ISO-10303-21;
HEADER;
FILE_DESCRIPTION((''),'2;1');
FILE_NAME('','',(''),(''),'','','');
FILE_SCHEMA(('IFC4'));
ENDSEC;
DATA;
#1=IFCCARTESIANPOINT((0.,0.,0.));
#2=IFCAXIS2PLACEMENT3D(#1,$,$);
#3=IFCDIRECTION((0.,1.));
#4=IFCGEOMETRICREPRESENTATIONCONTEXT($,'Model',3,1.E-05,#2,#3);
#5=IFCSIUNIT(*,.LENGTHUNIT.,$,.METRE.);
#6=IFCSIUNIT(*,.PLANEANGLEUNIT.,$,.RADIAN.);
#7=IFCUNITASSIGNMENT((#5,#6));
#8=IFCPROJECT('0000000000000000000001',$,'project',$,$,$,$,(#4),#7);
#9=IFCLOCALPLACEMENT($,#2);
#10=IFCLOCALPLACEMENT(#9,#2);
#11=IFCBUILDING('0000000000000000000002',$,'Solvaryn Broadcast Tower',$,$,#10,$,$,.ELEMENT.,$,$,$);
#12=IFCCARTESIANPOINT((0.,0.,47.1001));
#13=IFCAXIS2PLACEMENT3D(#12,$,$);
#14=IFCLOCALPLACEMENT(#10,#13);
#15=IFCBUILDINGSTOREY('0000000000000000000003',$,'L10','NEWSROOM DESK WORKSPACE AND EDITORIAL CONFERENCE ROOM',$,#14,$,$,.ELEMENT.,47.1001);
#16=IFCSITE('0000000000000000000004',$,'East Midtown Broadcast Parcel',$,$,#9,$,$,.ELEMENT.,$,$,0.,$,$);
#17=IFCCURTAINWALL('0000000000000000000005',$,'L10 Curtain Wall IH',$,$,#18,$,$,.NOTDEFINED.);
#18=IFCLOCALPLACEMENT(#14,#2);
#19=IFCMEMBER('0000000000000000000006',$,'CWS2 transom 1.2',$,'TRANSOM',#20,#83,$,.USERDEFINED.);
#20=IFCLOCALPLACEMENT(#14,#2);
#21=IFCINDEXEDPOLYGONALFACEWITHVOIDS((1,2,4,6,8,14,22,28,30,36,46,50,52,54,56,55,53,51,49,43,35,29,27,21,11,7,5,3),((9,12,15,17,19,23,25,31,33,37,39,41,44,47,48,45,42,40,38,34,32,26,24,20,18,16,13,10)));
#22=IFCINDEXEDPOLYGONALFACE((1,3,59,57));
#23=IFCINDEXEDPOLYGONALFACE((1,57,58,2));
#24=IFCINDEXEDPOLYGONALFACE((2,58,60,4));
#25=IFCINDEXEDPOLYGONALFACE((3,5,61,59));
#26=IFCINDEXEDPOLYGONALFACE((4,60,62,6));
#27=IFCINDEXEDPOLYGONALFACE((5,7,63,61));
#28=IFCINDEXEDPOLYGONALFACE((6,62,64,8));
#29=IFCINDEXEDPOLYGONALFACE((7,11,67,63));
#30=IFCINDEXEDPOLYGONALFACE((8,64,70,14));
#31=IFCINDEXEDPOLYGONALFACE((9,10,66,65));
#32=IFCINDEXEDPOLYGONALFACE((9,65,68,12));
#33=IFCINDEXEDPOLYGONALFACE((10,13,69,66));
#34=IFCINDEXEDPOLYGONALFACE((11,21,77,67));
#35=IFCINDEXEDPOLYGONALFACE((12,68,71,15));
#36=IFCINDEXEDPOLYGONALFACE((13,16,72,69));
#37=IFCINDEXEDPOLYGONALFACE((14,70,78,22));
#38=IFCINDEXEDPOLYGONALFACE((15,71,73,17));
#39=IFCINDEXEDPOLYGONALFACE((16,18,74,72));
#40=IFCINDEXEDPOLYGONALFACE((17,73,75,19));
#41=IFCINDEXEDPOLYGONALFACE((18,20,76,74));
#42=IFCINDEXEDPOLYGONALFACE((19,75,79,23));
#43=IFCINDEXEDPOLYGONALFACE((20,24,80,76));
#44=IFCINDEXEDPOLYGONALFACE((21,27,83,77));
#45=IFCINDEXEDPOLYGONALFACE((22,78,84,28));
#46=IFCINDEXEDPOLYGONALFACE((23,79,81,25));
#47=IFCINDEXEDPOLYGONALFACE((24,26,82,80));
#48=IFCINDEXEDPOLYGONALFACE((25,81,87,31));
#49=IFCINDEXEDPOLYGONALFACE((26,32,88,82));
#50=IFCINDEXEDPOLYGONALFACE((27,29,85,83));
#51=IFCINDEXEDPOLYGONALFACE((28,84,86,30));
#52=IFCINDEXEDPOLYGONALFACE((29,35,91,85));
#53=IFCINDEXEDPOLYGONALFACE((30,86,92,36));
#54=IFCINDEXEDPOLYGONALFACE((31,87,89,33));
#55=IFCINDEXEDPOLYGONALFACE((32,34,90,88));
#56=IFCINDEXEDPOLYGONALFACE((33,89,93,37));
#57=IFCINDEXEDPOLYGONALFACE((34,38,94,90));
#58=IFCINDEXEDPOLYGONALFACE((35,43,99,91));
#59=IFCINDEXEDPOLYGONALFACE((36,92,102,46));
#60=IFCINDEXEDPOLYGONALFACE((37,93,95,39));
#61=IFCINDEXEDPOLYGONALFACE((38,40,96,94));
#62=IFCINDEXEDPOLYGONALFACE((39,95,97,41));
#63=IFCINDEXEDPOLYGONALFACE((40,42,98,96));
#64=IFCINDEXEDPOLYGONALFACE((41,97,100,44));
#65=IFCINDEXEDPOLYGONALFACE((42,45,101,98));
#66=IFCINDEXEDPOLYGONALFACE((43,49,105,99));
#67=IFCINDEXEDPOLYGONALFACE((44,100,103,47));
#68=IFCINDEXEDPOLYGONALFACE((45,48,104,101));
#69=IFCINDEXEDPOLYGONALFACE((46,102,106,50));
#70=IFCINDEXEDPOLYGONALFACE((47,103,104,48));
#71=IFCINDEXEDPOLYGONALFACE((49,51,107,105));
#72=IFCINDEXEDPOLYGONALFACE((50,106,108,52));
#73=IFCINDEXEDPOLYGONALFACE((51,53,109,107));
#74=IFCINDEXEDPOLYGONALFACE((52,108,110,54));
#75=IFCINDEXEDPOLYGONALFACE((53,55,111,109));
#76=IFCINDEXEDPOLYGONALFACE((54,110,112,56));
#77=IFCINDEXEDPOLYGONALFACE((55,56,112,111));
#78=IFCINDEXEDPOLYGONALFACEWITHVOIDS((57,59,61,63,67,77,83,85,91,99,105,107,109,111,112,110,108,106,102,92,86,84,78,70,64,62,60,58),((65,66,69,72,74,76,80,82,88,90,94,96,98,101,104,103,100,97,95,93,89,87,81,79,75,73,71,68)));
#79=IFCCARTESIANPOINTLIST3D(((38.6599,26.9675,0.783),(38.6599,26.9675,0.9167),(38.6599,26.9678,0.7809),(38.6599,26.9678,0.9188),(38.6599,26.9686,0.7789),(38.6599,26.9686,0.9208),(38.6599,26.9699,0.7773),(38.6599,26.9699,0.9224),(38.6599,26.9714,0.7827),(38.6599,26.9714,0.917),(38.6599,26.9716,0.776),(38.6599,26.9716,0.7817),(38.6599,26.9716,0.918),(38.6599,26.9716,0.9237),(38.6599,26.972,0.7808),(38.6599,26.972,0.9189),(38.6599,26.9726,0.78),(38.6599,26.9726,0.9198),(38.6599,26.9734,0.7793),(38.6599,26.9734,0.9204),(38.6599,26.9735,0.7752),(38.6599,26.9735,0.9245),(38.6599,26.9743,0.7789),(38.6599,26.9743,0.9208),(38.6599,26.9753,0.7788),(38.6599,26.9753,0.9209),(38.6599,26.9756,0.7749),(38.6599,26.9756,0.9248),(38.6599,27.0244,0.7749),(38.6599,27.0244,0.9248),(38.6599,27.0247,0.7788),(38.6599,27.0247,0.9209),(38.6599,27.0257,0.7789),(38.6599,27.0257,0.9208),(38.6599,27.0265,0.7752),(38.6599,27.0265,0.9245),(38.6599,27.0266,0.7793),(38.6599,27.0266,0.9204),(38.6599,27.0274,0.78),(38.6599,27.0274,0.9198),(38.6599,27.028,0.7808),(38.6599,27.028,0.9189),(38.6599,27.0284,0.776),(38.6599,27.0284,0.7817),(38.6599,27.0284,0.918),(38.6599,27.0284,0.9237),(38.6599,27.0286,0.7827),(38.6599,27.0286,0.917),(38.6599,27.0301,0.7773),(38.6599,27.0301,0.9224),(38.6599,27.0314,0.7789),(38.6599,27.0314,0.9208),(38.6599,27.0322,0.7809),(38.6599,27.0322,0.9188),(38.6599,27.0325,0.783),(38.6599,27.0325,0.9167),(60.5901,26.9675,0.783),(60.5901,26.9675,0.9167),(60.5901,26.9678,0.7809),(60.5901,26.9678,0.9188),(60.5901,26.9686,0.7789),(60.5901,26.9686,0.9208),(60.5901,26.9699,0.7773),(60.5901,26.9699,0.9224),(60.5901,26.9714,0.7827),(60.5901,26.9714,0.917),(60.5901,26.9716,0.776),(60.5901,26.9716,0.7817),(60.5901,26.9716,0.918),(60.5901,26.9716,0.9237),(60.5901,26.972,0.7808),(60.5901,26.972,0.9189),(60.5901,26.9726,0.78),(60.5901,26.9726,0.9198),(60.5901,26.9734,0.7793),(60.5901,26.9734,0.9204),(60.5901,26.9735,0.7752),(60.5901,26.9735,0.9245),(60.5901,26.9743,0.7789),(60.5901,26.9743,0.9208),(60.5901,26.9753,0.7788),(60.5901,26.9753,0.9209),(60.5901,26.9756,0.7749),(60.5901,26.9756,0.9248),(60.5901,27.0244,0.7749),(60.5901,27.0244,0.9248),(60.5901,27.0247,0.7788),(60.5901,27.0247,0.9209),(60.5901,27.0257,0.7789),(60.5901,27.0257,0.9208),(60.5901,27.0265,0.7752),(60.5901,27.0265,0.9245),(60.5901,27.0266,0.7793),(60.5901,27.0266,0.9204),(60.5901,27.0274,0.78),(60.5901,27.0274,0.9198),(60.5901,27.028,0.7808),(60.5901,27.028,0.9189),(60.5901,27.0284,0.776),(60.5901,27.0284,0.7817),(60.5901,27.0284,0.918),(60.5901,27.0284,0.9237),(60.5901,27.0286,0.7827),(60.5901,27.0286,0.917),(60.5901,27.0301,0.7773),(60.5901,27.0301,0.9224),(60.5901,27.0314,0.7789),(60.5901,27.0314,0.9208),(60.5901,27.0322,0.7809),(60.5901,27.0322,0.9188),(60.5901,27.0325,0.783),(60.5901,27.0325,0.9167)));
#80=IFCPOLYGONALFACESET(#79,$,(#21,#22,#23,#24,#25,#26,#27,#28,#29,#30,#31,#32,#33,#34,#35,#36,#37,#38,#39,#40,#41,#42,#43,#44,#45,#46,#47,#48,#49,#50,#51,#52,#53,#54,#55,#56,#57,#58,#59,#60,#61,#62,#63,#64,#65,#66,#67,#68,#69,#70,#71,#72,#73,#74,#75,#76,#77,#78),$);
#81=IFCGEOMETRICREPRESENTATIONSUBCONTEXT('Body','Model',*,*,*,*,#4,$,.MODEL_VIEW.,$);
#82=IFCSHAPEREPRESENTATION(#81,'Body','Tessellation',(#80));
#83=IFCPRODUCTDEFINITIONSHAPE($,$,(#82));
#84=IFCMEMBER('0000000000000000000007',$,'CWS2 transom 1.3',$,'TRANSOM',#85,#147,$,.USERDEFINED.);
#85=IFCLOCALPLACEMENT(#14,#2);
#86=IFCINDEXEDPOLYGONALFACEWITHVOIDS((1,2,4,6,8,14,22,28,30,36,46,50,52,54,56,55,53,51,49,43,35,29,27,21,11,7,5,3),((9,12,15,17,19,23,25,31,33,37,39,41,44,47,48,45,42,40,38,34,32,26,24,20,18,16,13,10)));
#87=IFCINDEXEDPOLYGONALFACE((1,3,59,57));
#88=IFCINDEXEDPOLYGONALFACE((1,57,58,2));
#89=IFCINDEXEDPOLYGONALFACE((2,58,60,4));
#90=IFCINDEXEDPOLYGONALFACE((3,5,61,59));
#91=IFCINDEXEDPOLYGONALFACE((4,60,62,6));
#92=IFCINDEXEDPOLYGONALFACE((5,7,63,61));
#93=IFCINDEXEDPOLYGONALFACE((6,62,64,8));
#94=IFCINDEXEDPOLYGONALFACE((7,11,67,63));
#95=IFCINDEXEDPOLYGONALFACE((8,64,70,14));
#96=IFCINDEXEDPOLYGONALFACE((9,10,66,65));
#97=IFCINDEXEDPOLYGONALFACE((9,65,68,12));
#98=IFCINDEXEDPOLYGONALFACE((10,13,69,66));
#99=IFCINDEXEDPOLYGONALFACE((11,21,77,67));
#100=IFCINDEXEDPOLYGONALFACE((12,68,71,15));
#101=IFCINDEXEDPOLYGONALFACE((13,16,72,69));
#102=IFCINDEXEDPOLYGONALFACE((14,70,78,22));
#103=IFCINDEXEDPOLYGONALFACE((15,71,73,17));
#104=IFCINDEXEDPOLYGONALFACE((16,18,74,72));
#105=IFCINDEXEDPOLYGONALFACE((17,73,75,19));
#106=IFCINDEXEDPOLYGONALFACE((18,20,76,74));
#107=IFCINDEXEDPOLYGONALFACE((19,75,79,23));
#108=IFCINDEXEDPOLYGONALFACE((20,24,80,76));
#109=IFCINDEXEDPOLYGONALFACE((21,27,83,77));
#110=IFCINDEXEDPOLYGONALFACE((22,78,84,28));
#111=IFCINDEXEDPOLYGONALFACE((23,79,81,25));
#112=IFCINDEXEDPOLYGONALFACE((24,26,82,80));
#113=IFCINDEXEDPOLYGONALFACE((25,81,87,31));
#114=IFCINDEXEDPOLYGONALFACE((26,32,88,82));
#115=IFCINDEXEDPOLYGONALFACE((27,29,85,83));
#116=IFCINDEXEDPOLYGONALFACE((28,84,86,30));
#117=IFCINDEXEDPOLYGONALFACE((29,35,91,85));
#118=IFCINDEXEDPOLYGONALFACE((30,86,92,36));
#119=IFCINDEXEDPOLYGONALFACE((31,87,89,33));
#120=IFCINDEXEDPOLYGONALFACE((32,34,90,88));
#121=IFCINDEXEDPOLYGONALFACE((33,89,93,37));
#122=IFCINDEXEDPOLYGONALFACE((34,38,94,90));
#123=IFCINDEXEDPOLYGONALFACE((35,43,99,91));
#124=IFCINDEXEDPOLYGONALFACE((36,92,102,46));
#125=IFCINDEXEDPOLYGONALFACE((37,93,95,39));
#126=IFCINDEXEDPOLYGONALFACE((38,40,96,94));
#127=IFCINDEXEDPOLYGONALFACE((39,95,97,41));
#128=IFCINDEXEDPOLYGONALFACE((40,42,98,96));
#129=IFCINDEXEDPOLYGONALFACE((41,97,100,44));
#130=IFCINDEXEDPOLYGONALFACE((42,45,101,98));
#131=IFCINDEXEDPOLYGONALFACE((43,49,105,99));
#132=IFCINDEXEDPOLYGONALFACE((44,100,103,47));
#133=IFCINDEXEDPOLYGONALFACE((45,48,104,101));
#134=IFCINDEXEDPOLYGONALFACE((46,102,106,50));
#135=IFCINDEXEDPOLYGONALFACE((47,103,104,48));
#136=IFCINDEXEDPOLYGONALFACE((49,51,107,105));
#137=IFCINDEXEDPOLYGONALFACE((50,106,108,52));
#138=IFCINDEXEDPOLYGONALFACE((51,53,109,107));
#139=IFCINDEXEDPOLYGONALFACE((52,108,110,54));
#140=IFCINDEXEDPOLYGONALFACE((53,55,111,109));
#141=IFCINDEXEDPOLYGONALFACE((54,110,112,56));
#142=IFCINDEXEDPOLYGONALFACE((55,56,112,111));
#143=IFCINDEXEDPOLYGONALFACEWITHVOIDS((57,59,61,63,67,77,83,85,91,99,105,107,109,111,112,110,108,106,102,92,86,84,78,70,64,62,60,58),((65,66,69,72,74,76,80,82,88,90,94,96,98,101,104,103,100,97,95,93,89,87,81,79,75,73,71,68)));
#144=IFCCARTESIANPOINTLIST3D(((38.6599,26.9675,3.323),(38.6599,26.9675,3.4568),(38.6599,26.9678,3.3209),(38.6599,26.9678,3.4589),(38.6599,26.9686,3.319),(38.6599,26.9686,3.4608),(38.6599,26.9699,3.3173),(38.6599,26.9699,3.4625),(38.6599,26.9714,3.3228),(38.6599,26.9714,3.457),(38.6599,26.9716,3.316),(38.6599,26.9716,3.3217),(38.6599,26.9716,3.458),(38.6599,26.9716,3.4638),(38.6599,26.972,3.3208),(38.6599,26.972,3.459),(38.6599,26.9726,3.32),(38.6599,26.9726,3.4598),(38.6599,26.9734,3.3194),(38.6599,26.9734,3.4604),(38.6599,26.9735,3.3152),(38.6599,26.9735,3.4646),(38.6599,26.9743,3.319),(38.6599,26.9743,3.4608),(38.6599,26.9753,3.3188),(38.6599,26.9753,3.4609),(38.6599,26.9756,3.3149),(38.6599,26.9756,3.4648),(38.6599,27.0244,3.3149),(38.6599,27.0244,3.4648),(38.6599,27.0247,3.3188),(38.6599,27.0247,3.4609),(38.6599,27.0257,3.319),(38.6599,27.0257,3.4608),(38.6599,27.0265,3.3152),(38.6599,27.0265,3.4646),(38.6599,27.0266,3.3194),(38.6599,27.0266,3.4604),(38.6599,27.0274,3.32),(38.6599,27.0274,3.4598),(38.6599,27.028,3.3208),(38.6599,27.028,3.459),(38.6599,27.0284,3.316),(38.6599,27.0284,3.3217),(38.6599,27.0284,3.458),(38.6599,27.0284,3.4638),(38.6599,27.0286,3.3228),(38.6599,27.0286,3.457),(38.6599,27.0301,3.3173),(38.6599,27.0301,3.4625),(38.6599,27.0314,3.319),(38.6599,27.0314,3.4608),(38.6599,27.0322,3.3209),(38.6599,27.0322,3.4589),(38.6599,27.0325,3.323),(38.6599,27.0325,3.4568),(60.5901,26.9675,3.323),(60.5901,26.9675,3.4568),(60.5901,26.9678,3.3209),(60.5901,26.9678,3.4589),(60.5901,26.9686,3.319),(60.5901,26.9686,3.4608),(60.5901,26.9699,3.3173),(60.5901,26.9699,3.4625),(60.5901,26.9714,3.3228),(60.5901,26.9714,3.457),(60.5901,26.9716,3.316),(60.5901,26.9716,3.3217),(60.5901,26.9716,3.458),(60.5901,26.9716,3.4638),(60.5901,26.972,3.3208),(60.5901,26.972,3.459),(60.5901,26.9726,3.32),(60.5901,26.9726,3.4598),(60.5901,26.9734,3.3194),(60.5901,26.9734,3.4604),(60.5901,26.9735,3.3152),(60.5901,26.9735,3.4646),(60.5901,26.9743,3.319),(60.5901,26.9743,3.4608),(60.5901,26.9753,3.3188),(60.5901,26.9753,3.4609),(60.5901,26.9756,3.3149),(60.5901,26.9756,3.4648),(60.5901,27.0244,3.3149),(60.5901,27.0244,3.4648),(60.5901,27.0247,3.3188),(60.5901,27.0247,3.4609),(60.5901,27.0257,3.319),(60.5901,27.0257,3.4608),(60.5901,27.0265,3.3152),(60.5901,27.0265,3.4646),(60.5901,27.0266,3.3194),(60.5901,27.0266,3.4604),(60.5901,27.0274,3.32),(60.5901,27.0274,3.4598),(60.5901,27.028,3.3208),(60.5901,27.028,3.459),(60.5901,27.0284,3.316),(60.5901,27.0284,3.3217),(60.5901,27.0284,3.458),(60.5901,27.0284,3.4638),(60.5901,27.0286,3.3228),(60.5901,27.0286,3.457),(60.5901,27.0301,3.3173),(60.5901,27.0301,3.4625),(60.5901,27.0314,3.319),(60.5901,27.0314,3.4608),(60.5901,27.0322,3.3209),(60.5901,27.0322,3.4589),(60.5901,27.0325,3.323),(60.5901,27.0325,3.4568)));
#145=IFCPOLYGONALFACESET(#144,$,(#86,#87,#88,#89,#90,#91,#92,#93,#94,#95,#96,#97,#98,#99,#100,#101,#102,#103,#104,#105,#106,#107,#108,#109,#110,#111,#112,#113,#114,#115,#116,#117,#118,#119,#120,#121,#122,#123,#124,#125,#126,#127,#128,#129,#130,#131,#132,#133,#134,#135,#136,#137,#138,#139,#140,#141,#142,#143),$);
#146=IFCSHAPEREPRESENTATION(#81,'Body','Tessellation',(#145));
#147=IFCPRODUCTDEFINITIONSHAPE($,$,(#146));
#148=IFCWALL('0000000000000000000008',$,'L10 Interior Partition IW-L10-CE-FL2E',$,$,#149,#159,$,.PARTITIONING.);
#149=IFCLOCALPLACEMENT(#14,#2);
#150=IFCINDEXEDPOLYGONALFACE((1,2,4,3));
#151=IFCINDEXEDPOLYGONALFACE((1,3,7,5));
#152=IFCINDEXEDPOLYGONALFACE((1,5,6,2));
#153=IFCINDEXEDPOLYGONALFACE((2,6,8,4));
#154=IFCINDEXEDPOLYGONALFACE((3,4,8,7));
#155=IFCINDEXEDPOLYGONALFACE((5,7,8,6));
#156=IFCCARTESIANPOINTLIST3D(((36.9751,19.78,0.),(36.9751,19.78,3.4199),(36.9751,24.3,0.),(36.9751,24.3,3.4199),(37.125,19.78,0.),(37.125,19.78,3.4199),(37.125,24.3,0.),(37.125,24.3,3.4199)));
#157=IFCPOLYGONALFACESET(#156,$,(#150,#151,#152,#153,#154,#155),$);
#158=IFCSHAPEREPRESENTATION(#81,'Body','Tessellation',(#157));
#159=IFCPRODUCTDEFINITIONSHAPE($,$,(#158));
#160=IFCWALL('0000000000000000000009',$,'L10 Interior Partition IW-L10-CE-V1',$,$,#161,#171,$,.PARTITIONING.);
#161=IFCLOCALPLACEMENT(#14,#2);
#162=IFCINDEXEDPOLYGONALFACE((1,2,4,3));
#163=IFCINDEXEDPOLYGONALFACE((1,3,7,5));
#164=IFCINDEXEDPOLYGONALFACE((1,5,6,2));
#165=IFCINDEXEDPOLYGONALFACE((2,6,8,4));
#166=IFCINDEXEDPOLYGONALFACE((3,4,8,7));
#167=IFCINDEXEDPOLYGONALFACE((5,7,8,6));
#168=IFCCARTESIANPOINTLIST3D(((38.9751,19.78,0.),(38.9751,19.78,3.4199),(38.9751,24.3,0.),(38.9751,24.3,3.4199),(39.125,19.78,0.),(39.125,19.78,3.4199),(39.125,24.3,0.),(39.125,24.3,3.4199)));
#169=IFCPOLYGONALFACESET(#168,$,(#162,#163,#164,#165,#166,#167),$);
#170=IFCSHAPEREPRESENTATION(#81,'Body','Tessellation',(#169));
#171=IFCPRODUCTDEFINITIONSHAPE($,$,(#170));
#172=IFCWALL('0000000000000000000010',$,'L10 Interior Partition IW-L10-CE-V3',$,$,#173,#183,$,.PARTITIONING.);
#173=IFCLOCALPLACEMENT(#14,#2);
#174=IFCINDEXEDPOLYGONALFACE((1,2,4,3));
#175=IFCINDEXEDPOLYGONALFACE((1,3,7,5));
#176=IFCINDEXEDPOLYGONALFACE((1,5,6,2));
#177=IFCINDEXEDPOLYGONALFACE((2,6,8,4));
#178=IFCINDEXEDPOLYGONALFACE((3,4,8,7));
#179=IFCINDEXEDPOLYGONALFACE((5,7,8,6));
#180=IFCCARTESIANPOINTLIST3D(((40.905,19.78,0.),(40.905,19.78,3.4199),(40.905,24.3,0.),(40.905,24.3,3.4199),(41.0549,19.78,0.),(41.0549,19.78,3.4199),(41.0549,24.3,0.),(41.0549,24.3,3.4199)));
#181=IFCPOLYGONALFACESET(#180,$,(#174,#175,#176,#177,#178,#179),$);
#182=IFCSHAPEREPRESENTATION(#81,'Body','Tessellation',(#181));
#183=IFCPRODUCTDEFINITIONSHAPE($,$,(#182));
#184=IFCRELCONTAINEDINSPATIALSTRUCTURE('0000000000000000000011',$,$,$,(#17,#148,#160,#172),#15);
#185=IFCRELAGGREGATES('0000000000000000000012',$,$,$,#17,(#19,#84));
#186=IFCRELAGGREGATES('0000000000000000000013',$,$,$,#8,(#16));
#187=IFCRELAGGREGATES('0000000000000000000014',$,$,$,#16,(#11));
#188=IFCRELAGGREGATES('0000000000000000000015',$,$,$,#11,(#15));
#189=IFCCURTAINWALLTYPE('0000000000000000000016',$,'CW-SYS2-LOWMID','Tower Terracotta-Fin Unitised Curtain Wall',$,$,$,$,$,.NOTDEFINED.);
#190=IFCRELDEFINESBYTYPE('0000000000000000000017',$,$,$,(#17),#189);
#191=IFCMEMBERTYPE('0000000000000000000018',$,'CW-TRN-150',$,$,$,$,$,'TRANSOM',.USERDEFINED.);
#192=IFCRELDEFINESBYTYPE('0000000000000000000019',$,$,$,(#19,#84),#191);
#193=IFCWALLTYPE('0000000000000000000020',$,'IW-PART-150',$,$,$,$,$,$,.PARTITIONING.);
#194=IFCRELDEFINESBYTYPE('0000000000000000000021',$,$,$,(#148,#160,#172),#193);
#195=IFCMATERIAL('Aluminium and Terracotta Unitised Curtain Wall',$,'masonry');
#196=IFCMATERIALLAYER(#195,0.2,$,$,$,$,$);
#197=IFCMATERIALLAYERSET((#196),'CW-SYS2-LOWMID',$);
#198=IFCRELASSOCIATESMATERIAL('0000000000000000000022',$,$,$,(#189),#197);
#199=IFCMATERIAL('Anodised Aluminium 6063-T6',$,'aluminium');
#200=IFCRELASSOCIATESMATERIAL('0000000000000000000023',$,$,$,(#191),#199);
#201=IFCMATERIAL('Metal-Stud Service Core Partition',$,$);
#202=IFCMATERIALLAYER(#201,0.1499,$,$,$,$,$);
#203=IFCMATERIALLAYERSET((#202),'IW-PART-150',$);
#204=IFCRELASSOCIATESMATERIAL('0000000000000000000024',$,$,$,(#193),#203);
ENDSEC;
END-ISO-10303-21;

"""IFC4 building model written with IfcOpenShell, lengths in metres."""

from ifc_helpers import new_model, si_unit, direction, frame, frame_2d, origin, origin_2d, place, context, subcontext, project, spatial, rectangle, hollow_rectangle, extrude, material, layer, layer_set, material_profile, profile_set, type_object, element, aggregate, save


model = new_model("IFC4")

# Units and contexts
model_context = context("Model", 3, precision=1e-05, world=origin(), true_north=direction((0.0, 1.0)))
body_context = subcontext(model_context, "Body", "Model", "MODEL_VIEW")
ifc_project = project(units=[si_unit("LENGTHUNIT", "METRE"), si_unit("PLANEANGLEUNIT", "RADIAN")], contexts=[model_context])

# Site, building, storey
site_placement = place(None, origin())
site = spatial("IfcSite", under=ifc_project, at=site_placement, Name="East Midtown Broadcast Parcel", CompositionType="ELEMENT", RefElevation=0.0)
building_placement = place(site_placement, origin())
building = spatial("IfcBuilding", under=site, at=building_placement, Name="Solvaryn Broadcast Tower", CompositionType="ELEMENT")
storey_placement = place(building_placement, frame((0.0, 0.0, 47.1001)))
storey = spatial("IfcBuildingStorey", under=building, at=storey_placement, Name="L10", Description="NEWSROOM DESK WORKSPACE AND EDITORIAL CONFERENCE ROOM", CompositionType="ELEMENT", Elevation=47.1001)

# Curtain wall
ifc_material_1 = material(Name="Aluminium and Terracotta Unitised Curtain Wall", Category="masonry")
ifc_layer_1 = layer(ifc_material_1, 0.2)
ifc_layer_set_1 = layer_set([ifc_layer_1], Name="CW-SYS2-LOWMID")
curtain_wall_type = type_object("IfcCurtainWallType", Name="CW-SYS2-LOWMID", Description="Tower Terracotta-Fin Unitised Curtain Wall", PredefinedType="NOTDEFINED", material=ifc_layer_set_1)
curtain_wall_1_placement = place(storey_placement, origin())
curtain_wall_1 = element("IfcCurtainWall", 1, at=curtain_wall_1_placement, inside=storey, type_object=curtain_wall_type, Name="L10 Curtain Wall IH", PredefinedType="NOTDEFINED")

# Members
ifc_material_2 = material(Name="Anodised Aluminium 6063-T6", Category="aluminium")
ifc_material_profile_1 = material_profile(ifc_material_2, hollow_rectangle(XDim=0.0649, YDim=0.1499, WallThickness=0.0039, InnerFilletRadius=0.0039, OuterFilletRadius=0.0081, at=origin_2d()))
ifc_profile_set_1 = profile_set([ifc_material_profile_1], Name="Anodised Aluminium 6063-T6")
member_type_1 = type_object("IfcMemberType", Name="CW-TRN-150", ElementType="TRANSOM", PredefinedType="USERDEFINED", material=ifc_profile_set_1)
member_1_placement = place(storey_placement, frame((38.6599, 27.0, 0.8499), z_axis=(1.0, 0.0, 0.0), x_axis=(0.0, 1.0, 0.0)))
member_1 = element("IfcMember", 2, at=member_1_placement, type_object=member_type_1, Name="CWS2 transom 1.2", ObjectType="TRANSOM", PredefinedType="USERDEFINED", context=body_context, shape_type="SweptSolid", body=[
    extrude(hollow_rectangle(XDim=0.0649, YDim=0.1499, WallThickness=0.0039, InnerFilletRadius=0.0039, OuterFilletRadius=0.0081, at=origin_2d()), origin(), (0.0, 0.0, 1.0), 21.9302),
])
member_2_placement = place(storey_placement, frame((38.6599, 27.0, 3.3899), z_axis=(1.0, 0.0, 0.0), x_axis=(0.0, 1.0, 0.0)))
member_2 = element("IfcMember", 3, at=member_2_placement, type_object=member_type_1, Name="CWS2 transom 1.3", ObjectType="TRANSOM", PredefinedType="USERDEFINED", context=body_context, shape_type="SweptSolid", body=[
    extrude(hollow_rectangle(XDim=0.0649, YDim=0.1499, WallThickness=0.0039, InnerFilletRadius=0.0039, OuterFilletRadius=0.0081, at=origin_2d()), origin(), (0.0, 0.0, 1.0), 21.9302),
])
aggregate(curtain_wall_1, [member_1, member_2])

# Walls
ifc_material_3 = material(Name="Metal-Stud Service Core Partition")
ifc_layer_2 = layer(ifc_material_3, 0.1499)
ifc_layer_set_2 = layer_set([ifc_layer_2], Name="IW-PART-150")
wall_type_1 = type_object("IfcWallType", Name="IW-PART-150", PredefinedType="PARTITIONING", material=ifc_layer_set_2)
for number, where, z_axis, x_axis, name in (
    (4, (37.05, 19.78, 0.0), (0.0, 0.0, 1.0), (0.0, 1.0, 0.0), "L10 Interior Partition IW-L10-CE-FL2E"),
    (5, (39.05, 19.78, 0.0), (0.0, 0.0, 1.0), (0.0, 1.0, 0.0), "L10 Interior Partition IW-L10-CE-V1"),
    (6, (40.98, 19.78, 0.0), (0.0, 0.0, 1.0), (0.0, 1.0, 0.0), "L10 Interior Partition IW-L10-CE-V3"),
):
    element("IfcWall", number, at=place(storey_placement, frame(where, z_axis=z_axis, x_axis=x_axis)), inside=storey, type_object=wall_type_1, Name=name, PredefinedType="PARTITIONING", context=body_context, shape_type="SweptSolid", body=[
        extrude(rectangle(XDim=4.52, YDim=0.1499, at=frame_2d((2.26, 0.0))), origin(), (0.0, 0.0, 1.0), 3.4199),
    ])

save(model, "model.ifc")
